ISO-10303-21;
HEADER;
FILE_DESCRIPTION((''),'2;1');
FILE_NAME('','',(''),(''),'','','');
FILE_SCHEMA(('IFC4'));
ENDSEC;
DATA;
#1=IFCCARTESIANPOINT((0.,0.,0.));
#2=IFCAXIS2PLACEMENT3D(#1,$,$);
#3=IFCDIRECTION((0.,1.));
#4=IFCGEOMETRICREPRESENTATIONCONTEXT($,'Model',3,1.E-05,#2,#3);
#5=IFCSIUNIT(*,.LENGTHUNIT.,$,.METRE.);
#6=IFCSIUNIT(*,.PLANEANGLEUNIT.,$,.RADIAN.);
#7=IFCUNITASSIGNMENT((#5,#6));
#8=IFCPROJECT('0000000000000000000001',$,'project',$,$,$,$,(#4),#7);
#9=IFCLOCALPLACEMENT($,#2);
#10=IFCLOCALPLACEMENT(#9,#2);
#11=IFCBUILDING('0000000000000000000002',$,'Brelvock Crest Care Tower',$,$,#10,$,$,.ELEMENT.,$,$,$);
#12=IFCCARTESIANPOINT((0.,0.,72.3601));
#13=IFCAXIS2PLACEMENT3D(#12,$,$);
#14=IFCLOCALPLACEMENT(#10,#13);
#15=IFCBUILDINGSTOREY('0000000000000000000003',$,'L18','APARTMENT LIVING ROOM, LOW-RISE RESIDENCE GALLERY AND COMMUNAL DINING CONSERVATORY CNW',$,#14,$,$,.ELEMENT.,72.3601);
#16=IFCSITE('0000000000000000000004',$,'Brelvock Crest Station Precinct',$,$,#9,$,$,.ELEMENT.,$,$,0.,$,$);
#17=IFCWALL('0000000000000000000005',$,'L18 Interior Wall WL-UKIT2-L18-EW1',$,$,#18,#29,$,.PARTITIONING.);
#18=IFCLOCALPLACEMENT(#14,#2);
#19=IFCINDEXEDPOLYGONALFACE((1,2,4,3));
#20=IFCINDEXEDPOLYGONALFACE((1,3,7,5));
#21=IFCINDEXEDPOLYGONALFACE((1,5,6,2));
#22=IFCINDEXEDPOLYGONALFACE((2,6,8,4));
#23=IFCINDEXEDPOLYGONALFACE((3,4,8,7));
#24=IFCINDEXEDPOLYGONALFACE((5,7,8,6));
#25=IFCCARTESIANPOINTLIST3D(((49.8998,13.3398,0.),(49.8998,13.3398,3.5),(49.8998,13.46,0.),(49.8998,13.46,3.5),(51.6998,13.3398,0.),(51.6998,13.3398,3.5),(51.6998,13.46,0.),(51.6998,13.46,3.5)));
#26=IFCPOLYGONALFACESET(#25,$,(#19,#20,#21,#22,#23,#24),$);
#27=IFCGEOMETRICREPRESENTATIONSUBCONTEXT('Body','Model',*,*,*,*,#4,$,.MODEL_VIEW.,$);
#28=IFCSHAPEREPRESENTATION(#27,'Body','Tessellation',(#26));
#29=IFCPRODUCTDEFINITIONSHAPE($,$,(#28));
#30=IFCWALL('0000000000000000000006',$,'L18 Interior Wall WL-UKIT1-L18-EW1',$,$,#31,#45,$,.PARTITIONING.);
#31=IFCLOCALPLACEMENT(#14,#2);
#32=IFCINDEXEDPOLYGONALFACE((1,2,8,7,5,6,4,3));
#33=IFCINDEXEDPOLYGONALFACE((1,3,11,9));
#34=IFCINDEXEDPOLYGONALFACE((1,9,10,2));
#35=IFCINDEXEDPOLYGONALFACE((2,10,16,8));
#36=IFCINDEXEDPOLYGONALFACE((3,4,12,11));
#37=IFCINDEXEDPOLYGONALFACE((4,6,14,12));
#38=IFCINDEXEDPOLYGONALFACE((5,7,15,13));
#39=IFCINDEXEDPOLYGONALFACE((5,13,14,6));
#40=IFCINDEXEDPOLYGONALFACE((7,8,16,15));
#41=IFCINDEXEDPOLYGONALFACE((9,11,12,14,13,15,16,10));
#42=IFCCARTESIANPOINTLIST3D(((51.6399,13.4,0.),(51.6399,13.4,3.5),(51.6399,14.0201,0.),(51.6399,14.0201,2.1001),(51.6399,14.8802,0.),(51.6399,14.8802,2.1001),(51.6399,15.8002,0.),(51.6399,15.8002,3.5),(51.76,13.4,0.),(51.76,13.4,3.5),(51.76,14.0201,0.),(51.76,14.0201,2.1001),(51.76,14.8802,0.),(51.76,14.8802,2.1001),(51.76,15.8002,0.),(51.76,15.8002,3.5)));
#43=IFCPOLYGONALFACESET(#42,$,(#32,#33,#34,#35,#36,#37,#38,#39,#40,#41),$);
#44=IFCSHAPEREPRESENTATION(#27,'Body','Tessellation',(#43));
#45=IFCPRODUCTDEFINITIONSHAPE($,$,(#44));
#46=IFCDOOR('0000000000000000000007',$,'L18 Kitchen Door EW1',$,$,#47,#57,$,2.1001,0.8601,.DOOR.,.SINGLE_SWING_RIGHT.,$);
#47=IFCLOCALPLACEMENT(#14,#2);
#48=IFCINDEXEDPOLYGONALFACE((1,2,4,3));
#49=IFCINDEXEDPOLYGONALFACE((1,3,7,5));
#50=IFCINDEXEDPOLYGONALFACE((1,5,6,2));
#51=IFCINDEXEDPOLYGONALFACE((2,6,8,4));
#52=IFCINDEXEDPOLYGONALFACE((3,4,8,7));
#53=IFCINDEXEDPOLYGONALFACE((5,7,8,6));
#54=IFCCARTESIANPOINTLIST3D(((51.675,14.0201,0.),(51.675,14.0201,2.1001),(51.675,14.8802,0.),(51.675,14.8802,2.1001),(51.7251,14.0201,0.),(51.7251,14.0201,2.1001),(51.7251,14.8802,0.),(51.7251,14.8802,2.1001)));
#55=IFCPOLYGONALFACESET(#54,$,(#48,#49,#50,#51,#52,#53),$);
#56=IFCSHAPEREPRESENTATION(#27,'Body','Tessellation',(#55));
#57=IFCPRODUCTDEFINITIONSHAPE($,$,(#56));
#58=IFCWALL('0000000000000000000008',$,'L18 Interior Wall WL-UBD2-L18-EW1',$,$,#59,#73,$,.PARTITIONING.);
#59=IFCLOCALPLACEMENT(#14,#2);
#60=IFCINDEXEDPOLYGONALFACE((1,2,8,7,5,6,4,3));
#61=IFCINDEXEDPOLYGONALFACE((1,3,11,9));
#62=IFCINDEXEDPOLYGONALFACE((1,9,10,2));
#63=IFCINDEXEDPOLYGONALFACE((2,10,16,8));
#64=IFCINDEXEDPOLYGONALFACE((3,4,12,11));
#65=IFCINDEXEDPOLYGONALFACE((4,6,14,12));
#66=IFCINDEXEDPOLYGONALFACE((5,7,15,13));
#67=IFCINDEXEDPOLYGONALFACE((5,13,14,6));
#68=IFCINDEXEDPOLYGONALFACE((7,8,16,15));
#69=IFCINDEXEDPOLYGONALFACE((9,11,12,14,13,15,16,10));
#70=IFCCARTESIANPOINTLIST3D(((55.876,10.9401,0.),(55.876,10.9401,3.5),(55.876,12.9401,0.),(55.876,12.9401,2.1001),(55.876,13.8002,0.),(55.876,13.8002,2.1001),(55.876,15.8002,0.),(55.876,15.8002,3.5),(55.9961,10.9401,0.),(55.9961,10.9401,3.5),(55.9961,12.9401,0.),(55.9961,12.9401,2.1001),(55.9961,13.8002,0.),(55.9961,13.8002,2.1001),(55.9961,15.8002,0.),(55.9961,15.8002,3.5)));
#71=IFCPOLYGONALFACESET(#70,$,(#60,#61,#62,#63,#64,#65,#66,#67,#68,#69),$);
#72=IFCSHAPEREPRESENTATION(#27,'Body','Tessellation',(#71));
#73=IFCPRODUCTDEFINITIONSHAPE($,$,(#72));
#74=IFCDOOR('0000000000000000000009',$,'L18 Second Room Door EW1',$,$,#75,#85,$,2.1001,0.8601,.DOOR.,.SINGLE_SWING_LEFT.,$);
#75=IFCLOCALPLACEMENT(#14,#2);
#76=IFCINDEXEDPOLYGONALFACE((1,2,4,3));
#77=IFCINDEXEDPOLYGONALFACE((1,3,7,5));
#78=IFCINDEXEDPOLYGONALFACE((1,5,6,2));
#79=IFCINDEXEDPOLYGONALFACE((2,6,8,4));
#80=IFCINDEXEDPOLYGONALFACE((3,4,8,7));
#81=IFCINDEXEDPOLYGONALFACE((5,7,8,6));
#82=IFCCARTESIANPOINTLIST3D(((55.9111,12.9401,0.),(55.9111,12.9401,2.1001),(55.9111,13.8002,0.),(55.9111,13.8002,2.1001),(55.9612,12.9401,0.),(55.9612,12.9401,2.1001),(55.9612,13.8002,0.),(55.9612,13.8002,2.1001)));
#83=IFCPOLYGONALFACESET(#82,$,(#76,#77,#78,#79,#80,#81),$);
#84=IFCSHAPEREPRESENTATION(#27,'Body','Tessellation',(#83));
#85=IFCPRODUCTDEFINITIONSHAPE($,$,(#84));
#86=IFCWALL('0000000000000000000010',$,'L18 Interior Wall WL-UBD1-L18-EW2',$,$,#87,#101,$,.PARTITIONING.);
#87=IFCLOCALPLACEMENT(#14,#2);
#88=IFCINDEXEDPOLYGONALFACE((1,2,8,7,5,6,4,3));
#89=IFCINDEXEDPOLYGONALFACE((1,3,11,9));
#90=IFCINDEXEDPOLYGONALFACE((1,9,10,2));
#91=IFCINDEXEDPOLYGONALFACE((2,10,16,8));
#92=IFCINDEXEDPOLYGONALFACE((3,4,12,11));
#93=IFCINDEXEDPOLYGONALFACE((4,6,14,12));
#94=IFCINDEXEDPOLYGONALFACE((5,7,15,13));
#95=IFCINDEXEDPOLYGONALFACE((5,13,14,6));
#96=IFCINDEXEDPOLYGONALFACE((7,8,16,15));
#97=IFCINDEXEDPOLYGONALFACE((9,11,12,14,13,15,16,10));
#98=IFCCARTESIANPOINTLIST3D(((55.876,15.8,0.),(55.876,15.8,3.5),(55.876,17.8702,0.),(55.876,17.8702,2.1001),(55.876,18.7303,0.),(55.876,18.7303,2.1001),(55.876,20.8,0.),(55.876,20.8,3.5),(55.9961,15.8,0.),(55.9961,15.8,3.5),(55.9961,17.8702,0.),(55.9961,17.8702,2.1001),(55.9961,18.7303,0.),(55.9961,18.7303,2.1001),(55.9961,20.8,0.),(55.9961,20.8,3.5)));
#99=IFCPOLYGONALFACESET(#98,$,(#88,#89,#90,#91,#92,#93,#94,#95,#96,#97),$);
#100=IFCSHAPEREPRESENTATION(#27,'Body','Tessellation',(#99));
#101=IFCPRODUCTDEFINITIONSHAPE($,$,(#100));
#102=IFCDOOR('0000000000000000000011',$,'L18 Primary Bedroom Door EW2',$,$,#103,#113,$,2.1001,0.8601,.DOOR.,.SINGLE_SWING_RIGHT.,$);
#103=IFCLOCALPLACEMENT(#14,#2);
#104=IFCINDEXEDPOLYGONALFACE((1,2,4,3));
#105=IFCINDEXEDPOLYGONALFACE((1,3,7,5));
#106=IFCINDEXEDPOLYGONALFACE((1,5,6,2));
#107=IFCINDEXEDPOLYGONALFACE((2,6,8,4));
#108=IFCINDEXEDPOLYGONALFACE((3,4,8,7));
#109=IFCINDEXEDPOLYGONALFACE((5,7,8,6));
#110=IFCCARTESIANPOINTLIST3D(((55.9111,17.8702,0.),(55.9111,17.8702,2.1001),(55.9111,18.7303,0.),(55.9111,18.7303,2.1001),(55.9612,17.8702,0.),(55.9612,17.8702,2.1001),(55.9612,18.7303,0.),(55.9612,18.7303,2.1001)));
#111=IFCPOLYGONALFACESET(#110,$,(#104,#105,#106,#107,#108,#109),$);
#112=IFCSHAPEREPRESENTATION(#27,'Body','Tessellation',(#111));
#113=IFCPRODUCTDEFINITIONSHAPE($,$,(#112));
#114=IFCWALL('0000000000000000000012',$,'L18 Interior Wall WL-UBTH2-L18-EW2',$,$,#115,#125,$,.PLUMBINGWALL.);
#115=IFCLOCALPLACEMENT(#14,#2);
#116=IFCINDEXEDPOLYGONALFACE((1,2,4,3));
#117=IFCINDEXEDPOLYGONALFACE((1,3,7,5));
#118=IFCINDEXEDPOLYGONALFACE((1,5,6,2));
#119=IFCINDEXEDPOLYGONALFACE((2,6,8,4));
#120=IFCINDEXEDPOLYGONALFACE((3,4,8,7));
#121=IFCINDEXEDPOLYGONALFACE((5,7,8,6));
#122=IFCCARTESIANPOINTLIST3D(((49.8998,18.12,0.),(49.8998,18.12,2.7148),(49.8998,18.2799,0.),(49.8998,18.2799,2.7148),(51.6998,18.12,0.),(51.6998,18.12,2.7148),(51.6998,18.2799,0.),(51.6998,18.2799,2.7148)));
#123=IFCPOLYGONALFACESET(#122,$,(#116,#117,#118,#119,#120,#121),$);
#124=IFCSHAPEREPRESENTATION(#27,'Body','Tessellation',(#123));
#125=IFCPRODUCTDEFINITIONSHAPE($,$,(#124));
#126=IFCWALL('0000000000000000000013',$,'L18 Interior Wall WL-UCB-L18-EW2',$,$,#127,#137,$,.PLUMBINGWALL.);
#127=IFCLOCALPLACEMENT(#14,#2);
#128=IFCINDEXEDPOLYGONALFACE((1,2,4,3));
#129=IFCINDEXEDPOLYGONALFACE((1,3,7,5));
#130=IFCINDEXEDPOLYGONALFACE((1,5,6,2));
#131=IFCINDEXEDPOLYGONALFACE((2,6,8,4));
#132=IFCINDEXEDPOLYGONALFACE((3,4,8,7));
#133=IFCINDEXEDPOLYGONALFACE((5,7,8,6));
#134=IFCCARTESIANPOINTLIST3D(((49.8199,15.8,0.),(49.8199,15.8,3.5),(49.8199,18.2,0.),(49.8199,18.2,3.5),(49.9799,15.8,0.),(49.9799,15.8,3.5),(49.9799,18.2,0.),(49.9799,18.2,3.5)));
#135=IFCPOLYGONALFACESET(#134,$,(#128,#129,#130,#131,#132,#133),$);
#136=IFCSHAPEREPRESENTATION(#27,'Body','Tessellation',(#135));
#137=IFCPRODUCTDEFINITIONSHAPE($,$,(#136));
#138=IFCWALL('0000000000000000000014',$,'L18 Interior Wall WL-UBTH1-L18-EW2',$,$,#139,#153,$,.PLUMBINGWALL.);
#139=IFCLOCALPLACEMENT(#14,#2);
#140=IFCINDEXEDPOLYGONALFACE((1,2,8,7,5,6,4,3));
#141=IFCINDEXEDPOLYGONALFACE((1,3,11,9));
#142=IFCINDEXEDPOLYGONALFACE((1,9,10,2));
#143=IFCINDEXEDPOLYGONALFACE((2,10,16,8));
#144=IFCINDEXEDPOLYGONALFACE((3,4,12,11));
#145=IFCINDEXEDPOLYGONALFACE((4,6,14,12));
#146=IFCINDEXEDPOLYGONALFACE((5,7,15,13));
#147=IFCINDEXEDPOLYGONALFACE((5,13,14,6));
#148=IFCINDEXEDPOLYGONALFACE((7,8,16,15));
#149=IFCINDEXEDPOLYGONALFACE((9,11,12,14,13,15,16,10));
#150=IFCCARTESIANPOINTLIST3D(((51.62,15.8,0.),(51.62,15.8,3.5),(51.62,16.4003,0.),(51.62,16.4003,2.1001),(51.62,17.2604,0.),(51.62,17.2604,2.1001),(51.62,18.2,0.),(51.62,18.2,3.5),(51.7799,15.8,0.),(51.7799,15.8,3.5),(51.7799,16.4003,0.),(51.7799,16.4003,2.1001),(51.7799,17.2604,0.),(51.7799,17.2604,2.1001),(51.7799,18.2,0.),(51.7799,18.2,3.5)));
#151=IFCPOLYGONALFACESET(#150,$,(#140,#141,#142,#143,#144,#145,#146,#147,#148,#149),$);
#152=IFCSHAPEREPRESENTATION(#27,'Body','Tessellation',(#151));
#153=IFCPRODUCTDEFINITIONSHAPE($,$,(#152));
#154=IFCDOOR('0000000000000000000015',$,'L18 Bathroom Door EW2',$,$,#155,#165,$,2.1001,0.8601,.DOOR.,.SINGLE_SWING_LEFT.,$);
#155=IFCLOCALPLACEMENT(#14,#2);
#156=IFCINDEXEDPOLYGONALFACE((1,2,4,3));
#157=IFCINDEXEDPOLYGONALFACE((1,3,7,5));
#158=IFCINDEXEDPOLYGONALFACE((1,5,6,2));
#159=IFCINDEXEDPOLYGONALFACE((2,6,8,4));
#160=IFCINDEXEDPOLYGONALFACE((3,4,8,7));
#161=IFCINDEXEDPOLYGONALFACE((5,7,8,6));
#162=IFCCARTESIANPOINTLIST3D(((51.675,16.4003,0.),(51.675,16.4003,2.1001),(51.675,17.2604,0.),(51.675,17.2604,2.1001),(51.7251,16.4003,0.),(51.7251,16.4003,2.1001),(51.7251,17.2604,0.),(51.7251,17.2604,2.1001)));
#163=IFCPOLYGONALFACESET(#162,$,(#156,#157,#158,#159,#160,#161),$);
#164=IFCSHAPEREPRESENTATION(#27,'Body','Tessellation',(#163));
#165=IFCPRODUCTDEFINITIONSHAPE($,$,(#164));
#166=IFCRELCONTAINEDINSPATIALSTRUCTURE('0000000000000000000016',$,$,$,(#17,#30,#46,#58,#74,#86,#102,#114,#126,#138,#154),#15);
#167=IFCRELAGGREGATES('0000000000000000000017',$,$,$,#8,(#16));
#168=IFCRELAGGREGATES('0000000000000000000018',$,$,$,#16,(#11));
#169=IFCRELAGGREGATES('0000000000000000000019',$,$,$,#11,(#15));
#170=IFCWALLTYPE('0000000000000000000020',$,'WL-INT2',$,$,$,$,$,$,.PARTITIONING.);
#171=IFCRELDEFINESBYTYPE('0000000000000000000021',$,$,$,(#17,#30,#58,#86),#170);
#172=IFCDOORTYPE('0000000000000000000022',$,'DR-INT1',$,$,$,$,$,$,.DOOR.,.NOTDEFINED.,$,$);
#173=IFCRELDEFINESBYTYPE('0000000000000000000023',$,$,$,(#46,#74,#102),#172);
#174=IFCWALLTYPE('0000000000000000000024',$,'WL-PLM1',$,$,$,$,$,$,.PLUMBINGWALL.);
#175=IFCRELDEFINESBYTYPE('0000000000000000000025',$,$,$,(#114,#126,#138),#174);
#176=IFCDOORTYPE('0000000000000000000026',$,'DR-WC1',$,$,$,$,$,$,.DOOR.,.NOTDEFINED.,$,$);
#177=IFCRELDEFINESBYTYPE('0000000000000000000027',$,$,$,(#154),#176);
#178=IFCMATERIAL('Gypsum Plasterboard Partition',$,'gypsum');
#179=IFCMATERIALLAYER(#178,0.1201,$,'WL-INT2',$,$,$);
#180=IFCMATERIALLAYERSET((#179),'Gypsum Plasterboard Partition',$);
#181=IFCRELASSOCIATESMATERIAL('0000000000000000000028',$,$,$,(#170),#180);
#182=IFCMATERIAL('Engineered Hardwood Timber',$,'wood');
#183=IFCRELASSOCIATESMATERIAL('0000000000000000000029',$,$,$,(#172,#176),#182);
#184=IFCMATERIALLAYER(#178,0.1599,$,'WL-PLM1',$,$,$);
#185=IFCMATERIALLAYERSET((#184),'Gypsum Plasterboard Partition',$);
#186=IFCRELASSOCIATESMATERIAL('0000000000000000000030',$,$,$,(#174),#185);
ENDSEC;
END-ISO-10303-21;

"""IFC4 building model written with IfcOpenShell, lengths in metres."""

from ifc_helpers import new_model, si_unit, direction, frame, frame_2d, origin, origin_2d, place, context, subcontext, project, spatial, rectangle, extrude, source, transform, mapped, material, layer, layer_set, type_object, element, fill, save


model = new_model("IFC4")

# Units and contexts
model_context = context("Model", 3, precision=1e-05, world=origin(), true_north=direction((0.0, 1.0)))
body_context = subcontext(model_context, "Body", "Model", "MODEL_VIEW")
ifc_project = project(units=[si_unit("LENGTHUNIT", "METRE"), si_unit("PLANEANGLEUNIT", "RADIAN")], contexts=[model_context])

# Site, building, storey
site_placement = place(None, origin())
site = spatial("IfcSite", under=ifc_project, at=site_placement, Name="Brelvock Crest Station Precinct", CompositionType="ELEMENT", RefElevation=0.0)
building_placement = place(site_placement, origin())
building = spatial("IfcBuilding", under=site, at=building_placement, Name="Brelvock Crest Care Tower", CompositionType="ELEMENT")
storey_placement = place(building_placement, frame((0.0, 0.0, 72.3601)))
storey = spatial("IfcBuildingStorey", under=building, at=storey_placement, Name="L18", Description="APARTMENT LIVING ROOM, LOW-RISE RESIDENCE GALLERY AND COMMUNAL DINING CONSERVATORY CNW", CompositionType="ELEMENT", Elevation=72.3601)

# Shared definitions
ifc_material_1 = material(Name="Engineered Hardwood Timber", Category="wood")

# Wall
ifc_material_2 = material(Name="Gypsum Plasterboard Partition", Category="gypsum")
ifc_layer_1 = layer(ifc_material_2, 0.1201, Name="WL-INT2")
ifc_layer_set_1 = layer_set([ifc_layer_1], Name="Gypsum Plasterboard Partition")
wall_type_1 = type_object("IfcWallType", Name="WL-INT2", PredefinedType="PARTITIONING", material=ifc_layer_set_1)
wall_1_placement = place(storey_placement, frame((49.8999, 13.3999, 0.0), z_axis=(0.0, 0.0, 1.0), x_axis=(1.0, 0.0, 0.0)))
element("IfcWall", 1, at=wall_1_placement, inside=storey, type_object=wall_type_1, Name="L18 Interior Wall WL-UKIT2-L18-EW1", PredefinedType="PARTITIONING", context=body_context, shape_type="SweptSolid", body=[
    extrude(rectangle(XDim=1.8, YDim=0.1201, at=frame_2d((0.8999, 0.0))), origin(), (0.0, 0.0, 1.0), 3.5),
])

# Walls, openings, doors
wall_2_placement = place(storey_placement, frame((51.7, 13.3999, 0.0), z_axis=(0.0, 0.0, 1.0), x_axis=(0.0, 1.0, 0.0)))
wall_2 = element("IfcWall", 2, at=wall_2_placement, inside=storey, type_object=wall_type_1, Name="L18 Interior Wall WL-UKIT1-L18-EW1", PredefinedType="PARTITIONING", context=body_context, shape_type="SweptSolid", body=[
    extrude(rectangle(XDim=2.4001, YDim=0.1201, at=frame_2d((1.2002, 0.0))), origin(), (0.0, 0.0, 1.0), 3.5),
])
opening_1_placement = place(wall_2_placement, frame((0.6201, 0.0, 0.0)))
opening_1 = element("IfcOpeningElement", 3, at=opening_1_placement, cuts=wall_2, PredefinedType="OPENING", context=body_context, shape_type="SweptSolid", body=[
    extrude(rectangle(XDim=0.8601, YDim=2.1001, at=origin_2d()), frame((0.4302, 0.0701, 1.05), z_axis=(0.0, -1.0, 0.0), x_axis=(1.0, 0.0, 0.0)), (0.0, 0.0, 1.0), 0.1401),
])
door_type_1 = type_object("IfcDoorType", Name="DR-INT1", OperationType="NOTDEFINED", PredefinedType="DOOR", material=ifc_material_1)
shared_shape_1 = source(origin(), body_context, "Body", "SweptSolid", [
    extrude(rectangle(XDim=0.8601, YDim=2.1001, at=origin_2d()), frame((0.4302, 0.0249, 1.05), z_axis=(0.0, -1.0, 0.0), x_axis=(1.0, 0.0, 0.0)), (0.0, 0.0, 1.0), 0.05),
])
door_1_placement = place(opening_1_placement, origin())
door_1 = element("IfcDoor", 4, at=door_1_placement, inside=storey, type_object=door_type_1, Name="L18 Kitchen Door EW1", OperationType="SINGLE_SWING_RIGHT", OverallHeight=2.1001, OverallWidth=0.8601, PredefinedType="DOOR", context=body_context, shape_type="MappedRepresentation", body=[
    mapped(shared_shape_1, transform((0.0, 0.0, 0.0), x_axis=(1.0, 0.0, 0.0), y_axis=(0.0, 1.0, 0.0), z_axis=(0.0, 0.0, 1.0), scale=1.0)),
])
fill(opening_1, door_1)
wall_3_placement = place(storey_placement, frame((55.936, 10.9399, 0.0), z_axis=(0.0, 0.0, 1.0), x_axis=(0.0, 1.0, 0.0)))
wall_3 = element("IfcWall", 5, at=wall_3_placement, inside=storey, type_object=wall_type_1, Name="L18 Interior Wall WL-UBD2-L18-EW1", PredefinedType="PARTITIONING", context=body_context, shape_type="SweptSolid", body=[
    extrude(rectangle(XDim=4.8601, YDim=0.1201, at=frame_2d((2.4302, 0.0))), origin(), (0.0, 0.0, 1.0), 3.5),
])
opening_2_placement = place(wall_3_placement, frame((2.0, 0.0, 0.0)))
opening_2 = element("IfcOpeningElement", 6, at=opening_2_placement, cuts=wall_3, PredefinedType="OPENING", context=body_context, shape_type="SweptSolid", body=[
    extrude(rectangle(XDim=0.8601, YDim=2.1001, at=origin_2d()), frame((0.4302, 0.0701, 1.05), z_axis=(0.0, -1.0, 0.0), x_axis=(1.0, 0.0, 0.0)), (0.0, 0.0, 1.0), 0.1401),
])
door_2_placement = place(opening_2_placement, origin())
door_2 = element("IfcDoor", 7, at=door_2_placement, inside=storey, type_object=door_type_1, Name="L18 Second Room Door EW1", OperationType="SINGLE_SWING_LEFT", OverallHeight=2.1001, OverallWidth=0.8601, PredefinedType="DOOR", context=body_context, shape_type="MappedRepresentation", body=[
    mapped(shared_shape_1, transform((0.0, 0.0, 0.0), x_axis=(1.0, 0.0, 0.0), y_axis=(0.0, 1.0, 0.0), z_axis=(0.0, 0.0, 1.0), scale=1.0)),
])
fill(opening_2, door_2)
wall_4_placement = place(storey_placement, frame((55.936, 15.8, 0.0), z_axis=(0.0, 0.0, 1.0), x_axis=(0.0, 1.0, 0.0)))
wall_4 = element("IfcWall", 8, at=wall_4_placement, inside=storey, type_object=wall_type_1, Name="L18 Interior Wall WL-UBD1-L18-EW2", PredefinedType="PARTITIONING", context=body_context, shape_type="SweptSolid", body=[
    extrude(rectangle(XDim=5.0, YDim=0.1201, at=frame_2d((2.5, 0.0))), origin(), (0.0, 0.0, 1.0), 3.5),
])
opening_3_placement = place(wall_4_placement, frame((2.0701, 0.0, 0.0)))
opening_3 = element("IfcOpeningElement", 9, at=opening_3_placement, cuts=wall_4, PredefinedType="OPENING", context=body_context, shape_type="SweptSolid", body=[
    extrude(rectangle(XDim=0.8601, YDim=2.1001, at=origin_2d()), frame((0.4302, 0.0701, 1.05), z_axis=(0.0, -1.0, 0.0), x_axis=(1.0, 0.0, 0.0)), (0.0, 0.0, 1.0), 0.1401),
])
door_3_placement = place(opening_3_placement, origin())
door_3 = element("IfcDoor", 10, at=door_3_placement, inside=storey, type_object=door_type_1, Name="L18 Primary Bedroom Door EW2", OperationType="SINGLE_SWING_RIGHT", OverallHeight=2.1001, OverallWidth=0.8601, PredefinedType="DOOR", context=body_context, shape_type="MappedRepresentation", body=[
    mapped(shared_shape_1, transform((0.0, 0.0, 0.0), x_axis=(1.0, 0.0, 0.0), y_axis=(0.0, 1.0, 0.0), z_axis=(0.0, 0.0, 1.0), scale=1.0)),
])
fill(opening_3, door_3)

# Walls
ifc_layer_2 = layer(ifc_material_2, 0.1599, Name="WL-PLM1")
ifc_layer_set_2 = layer_set([ifc_layer_2], Name="Gypsum Plasterboard Partition")
wall_type_2 = type_object("IfcWallType", Name="WL-PLM1", PredefinedType="PLUMBINGWALL", material=ifc_layer_set_2)
wall_5_placement = place(storey_placement, frame((49.8999, 18.2, 0.0), z_axis=(0.0, 0.0, 1.0), x_axis=(1.0, 0.0, 0.0)))
element("IfcWall", 11, at=wall_5_placement, inside=storey, type_object=wall_type_2, Name="L18 Interior Wall WL-UBTH2-L18-EW2", PredefinedType="PLUMBINGWALL", context=body_context, shape_type="SweptSolid", body=[
    extrude(rectangle(XDim=1.8, YDim=0.1599, at=frame_2d((0.8999, 0.0))), origin(), (0.0, 0.0, 1.0), 2.7148),
])
wall_6_placement = place(storey_placement, frame((49.8999, 15.8, 0.0), z_axis=(0.0, 0.0, 1.0), x_axis=(0.0, 1.0, 0.0)))
element("IfcWall", 12, at=wall_6_placement, inside=storey, type_object=wall_type_2, Name="L18 Interior Wall WL-UCB-L18-EW2", PredefinedType="PLUMBINGWALL", context=body_context, shape_type="SweptSolid", body=[
    extrude(rectangle(XDim=2.3999, YDim=0.1599, at=frame_2d((1.2, 0.0))), origin(), (0.0, 0.0, 1.0), 3.5),
])

# Wall, opening, door
wall_7_placement = place(storey_placement, frame((51.7, 15.8, 0.0), z_axis=(0.0, 0.0, 1.0), x_axis=(0.0, 1.0, 0.0)))
wall_7 = element("IfcWall", 13, at=wall_7_placement, inside=storey, type_object=wall_type_2, Name="L18 Interior Wall WL-UBTH1-L18-EW2", PredefinedType="PLUMBINGWALL", context=body_context, shape_type="SweptSolid", body=[
    extrude(rectangle(XDim=2.3999, YDim=0.1599, at=frame_2d((1.2, 0.0))), origin(), (0.0, 0.0, 1.0), 3.5),
])
opening_4_placement = place(wall_7_placement, frame((0.6001, 0.0, 0.0)))
opening_4 = element("IfcOpeningElement", 14, at=opening_4_placement, cuts=wall_7, PredefinedType="OPENING", context=body_context, shape_type="SweptSolid", body=[
    extrude(rectangle(XDim=0.8601, YDim=2.1001, at=origin_2d()), frame((0.4302, 0.0898, 1.05), z_axis=(0.0, -1.0, 0.0), x_axis=(1.0, 0.0, 0.0)), (0.0, 0.0, 1.0), 0.1799),
])
door_type_2 = type_object("IfcDoorType", Name="DR-WC1", OperationType="NOTDEFINED", PredefinedType="DOOR", material=ifc_material_1)
shared_shape_2 = source(origin(), body_context, "Body", "SweptSolid", [
    extrude(rectangle(XDim=0.8601, YDim=2.1001, at=origin_2d()), frame((0.4302, 0.0249, 1.05), z_axis=(0.0, -1.0, 0.0), x_axis=(1.0, 0.0, 0.0)), (0.0, 0.0, 1.0), 0.05),
])
door_4_placement = place(opening_4_placement, origin())
door_4 = element("IfcDoor", 15, at=door_4_placement, inside=storey, type_object=door_type_2, Name="L18 Bathroom Door EW2", OperationType="SINGLE_SWING_LEFT", OverallHeight=2.1001, OverallWidth=0.8601, PredefinedType="DOOR", context=body_context, shape_type="MappedRepresentation", body=[
    mapped(shared_shape_2, transform((0.0, 0.0, 0.0), x_axis=(1.0, 0.0, 0.0), y_axis=(0.0, 1.0, 0.0), z_axis=(0.0, 0.0, 1.0), scale=1.0)),
])
fill(opening_4, door_4)

save(model, "model.ifc")
